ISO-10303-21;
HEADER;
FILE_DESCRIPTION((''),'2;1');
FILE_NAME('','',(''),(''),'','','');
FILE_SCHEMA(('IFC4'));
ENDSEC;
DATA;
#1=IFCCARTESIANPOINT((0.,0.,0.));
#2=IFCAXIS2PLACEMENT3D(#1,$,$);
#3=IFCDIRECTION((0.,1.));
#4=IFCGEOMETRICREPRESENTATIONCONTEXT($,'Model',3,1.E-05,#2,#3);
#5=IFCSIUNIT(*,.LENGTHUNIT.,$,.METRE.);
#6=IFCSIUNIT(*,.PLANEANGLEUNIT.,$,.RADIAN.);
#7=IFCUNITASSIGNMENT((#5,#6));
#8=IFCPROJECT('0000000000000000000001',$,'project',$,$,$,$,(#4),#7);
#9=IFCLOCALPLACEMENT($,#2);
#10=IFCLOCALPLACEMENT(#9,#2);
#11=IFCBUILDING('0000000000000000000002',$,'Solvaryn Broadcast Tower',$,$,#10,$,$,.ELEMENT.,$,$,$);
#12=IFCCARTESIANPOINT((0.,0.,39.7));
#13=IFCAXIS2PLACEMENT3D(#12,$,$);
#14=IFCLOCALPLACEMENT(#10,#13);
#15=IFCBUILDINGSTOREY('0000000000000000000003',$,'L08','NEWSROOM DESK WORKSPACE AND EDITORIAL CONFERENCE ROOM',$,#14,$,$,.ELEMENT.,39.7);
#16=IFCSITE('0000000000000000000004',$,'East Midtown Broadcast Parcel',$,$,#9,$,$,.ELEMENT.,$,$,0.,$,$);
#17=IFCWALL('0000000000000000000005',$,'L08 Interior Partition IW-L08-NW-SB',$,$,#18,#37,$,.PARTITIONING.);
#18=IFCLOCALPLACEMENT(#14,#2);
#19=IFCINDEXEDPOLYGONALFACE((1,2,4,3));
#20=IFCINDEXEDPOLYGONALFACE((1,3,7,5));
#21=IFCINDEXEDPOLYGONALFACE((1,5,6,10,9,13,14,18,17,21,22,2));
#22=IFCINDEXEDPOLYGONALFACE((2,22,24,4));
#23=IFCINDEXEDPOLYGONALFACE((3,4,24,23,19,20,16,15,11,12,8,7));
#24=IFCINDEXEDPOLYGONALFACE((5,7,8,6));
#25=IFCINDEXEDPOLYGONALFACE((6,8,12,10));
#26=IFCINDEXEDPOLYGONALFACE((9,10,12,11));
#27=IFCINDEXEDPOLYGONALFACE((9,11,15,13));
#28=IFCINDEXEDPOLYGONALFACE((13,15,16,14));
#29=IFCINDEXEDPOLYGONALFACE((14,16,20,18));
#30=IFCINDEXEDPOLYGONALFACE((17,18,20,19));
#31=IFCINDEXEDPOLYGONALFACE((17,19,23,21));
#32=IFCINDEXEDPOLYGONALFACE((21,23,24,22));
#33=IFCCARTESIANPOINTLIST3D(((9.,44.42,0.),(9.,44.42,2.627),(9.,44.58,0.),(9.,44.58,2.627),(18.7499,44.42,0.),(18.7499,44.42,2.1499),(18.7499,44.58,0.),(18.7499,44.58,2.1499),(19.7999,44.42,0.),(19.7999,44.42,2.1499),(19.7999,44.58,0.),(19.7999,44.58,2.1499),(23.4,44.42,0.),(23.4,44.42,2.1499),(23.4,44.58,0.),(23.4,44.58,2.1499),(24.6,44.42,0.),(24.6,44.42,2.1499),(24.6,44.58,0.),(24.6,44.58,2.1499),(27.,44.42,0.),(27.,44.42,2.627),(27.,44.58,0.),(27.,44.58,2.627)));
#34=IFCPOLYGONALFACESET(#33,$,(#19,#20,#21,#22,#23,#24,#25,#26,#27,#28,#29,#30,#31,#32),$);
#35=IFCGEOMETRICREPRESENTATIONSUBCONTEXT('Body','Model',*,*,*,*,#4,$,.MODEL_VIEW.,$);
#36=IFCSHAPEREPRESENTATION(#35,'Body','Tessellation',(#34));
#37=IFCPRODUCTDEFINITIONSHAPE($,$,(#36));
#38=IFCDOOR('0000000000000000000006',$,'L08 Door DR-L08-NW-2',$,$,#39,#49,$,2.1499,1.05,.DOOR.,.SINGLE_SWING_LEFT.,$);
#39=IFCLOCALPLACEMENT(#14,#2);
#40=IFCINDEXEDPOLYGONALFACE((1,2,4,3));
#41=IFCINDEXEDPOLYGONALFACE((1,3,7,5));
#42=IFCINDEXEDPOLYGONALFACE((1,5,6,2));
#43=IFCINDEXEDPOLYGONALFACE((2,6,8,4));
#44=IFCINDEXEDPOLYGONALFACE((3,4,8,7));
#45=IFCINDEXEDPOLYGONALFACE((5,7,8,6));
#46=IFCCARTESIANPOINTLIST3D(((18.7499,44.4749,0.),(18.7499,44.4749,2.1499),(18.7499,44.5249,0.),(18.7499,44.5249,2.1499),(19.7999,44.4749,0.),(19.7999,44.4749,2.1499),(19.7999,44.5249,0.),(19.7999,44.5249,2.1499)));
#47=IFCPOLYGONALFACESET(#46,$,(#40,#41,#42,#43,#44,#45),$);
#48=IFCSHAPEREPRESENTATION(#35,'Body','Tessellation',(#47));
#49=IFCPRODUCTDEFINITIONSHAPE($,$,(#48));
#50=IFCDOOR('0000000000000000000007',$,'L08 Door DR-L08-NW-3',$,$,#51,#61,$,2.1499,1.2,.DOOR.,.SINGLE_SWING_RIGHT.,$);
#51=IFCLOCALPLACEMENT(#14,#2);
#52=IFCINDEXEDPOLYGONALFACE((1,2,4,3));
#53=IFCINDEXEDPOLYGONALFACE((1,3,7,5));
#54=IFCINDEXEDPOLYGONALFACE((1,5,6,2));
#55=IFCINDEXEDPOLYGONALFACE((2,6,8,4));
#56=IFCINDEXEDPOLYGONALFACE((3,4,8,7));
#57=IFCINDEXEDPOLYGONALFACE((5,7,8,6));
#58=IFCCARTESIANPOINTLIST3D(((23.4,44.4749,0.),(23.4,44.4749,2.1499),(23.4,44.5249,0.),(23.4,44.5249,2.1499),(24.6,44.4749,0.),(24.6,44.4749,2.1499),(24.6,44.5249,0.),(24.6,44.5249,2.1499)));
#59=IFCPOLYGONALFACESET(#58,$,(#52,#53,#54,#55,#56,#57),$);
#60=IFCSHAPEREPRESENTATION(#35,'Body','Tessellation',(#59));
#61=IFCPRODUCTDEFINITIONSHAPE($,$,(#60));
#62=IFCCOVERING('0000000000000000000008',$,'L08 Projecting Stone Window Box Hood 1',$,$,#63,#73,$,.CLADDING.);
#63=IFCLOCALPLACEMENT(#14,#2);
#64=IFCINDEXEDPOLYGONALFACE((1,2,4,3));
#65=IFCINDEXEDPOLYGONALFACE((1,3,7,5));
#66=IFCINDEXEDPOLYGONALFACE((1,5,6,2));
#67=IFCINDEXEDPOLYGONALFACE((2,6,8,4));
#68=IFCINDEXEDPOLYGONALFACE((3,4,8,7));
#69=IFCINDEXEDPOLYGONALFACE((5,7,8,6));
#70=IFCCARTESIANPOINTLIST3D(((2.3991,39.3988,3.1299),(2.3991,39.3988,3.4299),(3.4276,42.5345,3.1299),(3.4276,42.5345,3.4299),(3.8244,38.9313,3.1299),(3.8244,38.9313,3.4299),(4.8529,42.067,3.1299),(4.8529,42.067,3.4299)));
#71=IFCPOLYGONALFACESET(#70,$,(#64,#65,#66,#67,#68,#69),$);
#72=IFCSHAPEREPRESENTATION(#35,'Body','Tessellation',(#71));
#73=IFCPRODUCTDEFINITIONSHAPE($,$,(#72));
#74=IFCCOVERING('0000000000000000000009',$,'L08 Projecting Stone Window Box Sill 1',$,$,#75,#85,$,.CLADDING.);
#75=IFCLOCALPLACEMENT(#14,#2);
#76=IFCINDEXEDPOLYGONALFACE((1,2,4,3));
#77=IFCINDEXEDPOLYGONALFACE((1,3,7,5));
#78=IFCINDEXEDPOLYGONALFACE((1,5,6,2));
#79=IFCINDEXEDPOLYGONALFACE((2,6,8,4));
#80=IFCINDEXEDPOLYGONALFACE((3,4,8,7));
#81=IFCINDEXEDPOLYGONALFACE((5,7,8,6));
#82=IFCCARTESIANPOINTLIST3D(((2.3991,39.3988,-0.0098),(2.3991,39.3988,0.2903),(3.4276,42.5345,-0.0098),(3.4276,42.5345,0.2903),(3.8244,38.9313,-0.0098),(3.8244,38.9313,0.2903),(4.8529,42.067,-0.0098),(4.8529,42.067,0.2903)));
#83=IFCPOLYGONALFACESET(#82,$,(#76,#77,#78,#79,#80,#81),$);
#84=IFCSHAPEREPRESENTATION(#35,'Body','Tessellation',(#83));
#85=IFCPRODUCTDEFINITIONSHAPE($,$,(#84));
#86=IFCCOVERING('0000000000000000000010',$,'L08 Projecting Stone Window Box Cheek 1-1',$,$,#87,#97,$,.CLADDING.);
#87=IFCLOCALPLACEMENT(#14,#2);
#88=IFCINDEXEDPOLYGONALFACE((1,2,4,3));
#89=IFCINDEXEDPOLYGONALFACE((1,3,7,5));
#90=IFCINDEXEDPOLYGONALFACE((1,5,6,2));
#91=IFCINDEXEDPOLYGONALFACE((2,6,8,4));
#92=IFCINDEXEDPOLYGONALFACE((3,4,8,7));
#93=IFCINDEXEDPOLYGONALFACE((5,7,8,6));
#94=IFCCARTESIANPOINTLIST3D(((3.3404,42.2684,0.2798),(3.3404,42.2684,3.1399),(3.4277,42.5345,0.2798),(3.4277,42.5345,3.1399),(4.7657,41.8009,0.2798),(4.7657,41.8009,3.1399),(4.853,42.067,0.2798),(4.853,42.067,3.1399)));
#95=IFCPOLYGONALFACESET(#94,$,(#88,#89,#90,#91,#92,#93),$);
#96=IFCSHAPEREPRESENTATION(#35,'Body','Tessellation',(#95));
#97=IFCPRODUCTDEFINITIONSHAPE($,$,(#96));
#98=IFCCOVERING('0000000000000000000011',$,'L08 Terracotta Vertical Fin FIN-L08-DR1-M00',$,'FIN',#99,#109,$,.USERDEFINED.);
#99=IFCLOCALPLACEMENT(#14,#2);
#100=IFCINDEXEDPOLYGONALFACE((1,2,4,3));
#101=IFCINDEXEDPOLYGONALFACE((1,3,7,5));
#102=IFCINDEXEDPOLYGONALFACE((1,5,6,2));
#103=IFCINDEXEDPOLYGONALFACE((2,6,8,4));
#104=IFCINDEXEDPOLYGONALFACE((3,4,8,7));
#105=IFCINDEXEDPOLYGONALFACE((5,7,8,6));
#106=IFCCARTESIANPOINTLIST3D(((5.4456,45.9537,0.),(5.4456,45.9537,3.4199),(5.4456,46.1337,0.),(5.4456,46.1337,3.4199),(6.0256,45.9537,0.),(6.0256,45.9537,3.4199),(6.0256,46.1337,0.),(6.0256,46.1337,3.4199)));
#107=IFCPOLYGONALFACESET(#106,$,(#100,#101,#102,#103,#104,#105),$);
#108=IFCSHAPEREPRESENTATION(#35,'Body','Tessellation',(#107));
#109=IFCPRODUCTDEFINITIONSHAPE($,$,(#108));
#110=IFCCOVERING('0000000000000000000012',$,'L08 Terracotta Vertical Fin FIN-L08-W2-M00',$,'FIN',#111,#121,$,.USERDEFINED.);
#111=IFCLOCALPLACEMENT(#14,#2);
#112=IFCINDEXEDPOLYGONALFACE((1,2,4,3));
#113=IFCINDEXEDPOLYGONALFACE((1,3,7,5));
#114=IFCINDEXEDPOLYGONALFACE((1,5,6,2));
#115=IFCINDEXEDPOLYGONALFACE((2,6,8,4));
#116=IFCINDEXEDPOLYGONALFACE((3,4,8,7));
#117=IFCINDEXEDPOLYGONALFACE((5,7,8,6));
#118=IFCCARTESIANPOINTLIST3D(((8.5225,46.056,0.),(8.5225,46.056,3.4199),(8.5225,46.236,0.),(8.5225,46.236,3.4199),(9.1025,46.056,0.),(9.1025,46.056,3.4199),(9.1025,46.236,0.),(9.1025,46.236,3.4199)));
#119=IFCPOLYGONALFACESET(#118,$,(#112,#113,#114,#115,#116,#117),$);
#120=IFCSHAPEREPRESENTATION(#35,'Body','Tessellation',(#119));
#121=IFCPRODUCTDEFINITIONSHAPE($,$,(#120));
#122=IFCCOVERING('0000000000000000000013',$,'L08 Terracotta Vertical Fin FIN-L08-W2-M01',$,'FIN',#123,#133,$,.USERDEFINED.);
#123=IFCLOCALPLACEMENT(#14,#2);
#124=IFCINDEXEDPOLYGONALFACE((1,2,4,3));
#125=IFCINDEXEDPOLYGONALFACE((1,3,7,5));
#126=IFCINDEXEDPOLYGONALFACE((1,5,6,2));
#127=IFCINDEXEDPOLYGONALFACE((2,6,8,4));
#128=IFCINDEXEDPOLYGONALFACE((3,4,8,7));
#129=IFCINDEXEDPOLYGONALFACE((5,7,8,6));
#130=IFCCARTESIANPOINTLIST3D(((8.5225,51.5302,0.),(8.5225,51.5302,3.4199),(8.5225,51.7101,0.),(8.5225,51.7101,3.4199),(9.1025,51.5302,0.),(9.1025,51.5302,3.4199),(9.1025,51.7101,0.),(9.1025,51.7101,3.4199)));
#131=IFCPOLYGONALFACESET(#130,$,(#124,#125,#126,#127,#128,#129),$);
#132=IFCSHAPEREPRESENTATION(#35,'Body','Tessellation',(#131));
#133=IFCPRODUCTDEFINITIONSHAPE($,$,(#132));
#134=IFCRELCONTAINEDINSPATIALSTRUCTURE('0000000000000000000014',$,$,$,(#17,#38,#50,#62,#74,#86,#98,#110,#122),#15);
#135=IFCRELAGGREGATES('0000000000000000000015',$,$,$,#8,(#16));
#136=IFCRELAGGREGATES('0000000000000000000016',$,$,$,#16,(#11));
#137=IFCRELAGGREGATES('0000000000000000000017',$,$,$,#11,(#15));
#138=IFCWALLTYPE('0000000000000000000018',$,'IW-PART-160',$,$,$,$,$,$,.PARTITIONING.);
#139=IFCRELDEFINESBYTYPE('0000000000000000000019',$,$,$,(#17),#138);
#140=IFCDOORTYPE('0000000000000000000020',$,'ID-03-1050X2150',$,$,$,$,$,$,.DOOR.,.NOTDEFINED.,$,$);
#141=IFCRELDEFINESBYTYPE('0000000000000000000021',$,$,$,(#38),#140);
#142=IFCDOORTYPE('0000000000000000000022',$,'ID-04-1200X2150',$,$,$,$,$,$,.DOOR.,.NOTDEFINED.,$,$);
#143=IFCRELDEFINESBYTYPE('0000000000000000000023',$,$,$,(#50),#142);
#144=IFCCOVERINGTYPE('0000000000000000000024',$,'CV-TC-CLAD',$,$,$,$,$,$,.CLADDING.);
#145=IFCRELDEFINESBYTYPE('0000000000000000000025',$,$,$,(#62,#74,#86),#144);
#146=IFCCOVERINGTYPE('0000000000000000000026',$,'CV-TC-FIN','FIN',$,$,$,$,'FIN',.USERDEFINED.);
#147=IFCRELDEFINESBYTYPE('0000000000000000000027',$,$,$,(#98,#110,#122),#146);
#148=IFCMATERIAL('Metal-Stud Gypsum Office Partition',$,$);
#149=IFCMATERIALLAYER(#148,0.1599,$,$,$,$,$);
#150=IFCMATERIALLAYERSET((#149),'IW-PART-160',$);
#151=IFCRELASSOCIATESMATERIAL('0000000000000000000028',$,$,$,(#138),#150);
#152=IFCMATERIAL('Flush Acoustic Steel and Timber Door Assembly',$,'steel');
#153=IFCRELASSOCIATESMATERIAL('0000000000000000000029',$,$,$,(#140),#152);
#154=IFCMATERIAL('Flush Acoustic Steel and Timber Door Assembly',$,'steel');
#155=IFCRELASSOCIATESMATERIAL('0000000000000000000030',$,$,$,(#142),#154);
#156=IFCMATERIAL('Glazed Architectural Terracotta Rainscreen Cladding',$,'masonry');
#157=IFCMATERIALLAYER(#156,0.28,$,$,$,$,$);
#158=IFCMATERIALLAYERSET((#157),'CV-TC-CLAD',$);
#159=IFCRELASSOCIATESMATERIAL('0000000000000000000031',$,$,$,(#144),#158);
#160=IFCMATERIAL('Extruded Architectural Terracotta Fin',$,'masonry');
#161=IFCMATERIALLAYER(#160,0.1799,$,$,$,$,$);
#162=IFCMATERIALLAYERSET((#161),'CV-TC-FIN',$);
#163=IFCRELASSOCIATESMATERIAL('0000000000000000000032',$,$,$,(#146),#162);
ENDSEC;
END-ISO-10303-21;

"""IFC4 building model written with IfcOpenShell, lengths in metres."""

from ifc_helpers import new_model, si_unit, direction, frame, frame_2d, origin, origin_2d, place, context, subcontext, project, spatial, rectangle, extrude, material, layer, layer_set, type_object, element, fill, save


model = new_model("IFC4")

# Units and contexts
model_context = context("Model", 3, precision=1e-05, world=origin(), true_north=direction((0.0, 1.0)))
body_context = subcontext(model_context, "Body", "Model", "MODEL_VIEW")
ifc_project = project(units=[si_unit("LENGTHUNIT", "METRE"), si_unit("PLANEANGLEUNIT", "RADIAN")], contexts=[model_context])

# Site, building, storey
site_placement = place(None, origin())
site = spatial("IfcSite", under=ifc_project, at=site_placement, Name="East Midtown Broadcast Parcel", CompositionType="ELEMENT", RefElevation=0.0)
building_placement = place(site_placement, origin())
building = spatial("IfcBuilding", under=site, at=building_placement, Name="Solvaryn Broadcast Tower", CompositionType="ELEMENT")
storey_placement = place(building_placement, frame((0.0, 0.0, 39.7)))
storey = spatial("IfcBuildingStorey", under=building, at=storey_placement, Name="L08", Description="NEWSROOM DESK WORKSPACE AND EDITORIAL CONFERENCE ROOM", CompositionType="ELEMENT", Elevation=39.7)

# Shared definitions
ifc_material_1 = material(Name="Metal-Stud Gypsum Office Partition")
ifc_layer_1 = layer(ifc_material_1, 0.1599)
ifc_layer_set_1 = layer_set([ifc_layer_1], Name="IW-PART-160")
wall_type_1 = type_object("IfcWallType", Name="IW-PART-160", PredefinedType="PARTITIONING", material=ifc_layer_set_1)

# Wall, openings, doors
wall_1_placement = place(storey_placement, frame((9.0, 44.5, 0.0), z_axis=(0.0, 0.0, 1.0), x_axis=(1.0, 0.0, 0.0)))
wall_1 = element("IfcWall", 1, at=wall_1_placement, inside=storey, type_object=wall_type_1, Name="L08 Interior Partition IW-L08-NW-SB", PredefinedType="PARTITIONING", context=body_context, shape_type="SweptSolid", body=[
    extrude(rectangle(XDim=18.0, YDim=0.1599, at=frame_2d((9.0, 0.0))), origin(), (0.0, 0.0, 1.0), 2.627),
])
opening_1_placement = place(wall_1_placement, frame((9.75, 0.0, 0.0)))
opening_1 = element("IfcOpeningElement", 2, at=opening_1_placement, cuts=wall_1, PredefinedType="OPENING", context=body_context, shape_type="SweptSolid", body=[
    extrude(rectangle(XDim=1.05, YDim=2.1499, at=frame_2d((0.5249, 1.075))), frame((0.0, 0.0901, 0.0), z_axis=(0.0, -1.0, 0.0), x_axis=(1.0, 0.0, 0.0)), (0.0, 0.0, 1.0), 0.1799),
])
opening_2_placement = place(wall_1_placement, frame((14.3999, 0.0, 0.0)))
opening_2 = element("IfcOpeningElement", 3, at=opening_2_placement, cuts=wall_1, PredefinedType="OPENING", context=body_context, shape_type="SweptSolid", body=[
    extrude(rectangle(XDim=1.2, YDim=2.1499, at=frame_2d((0.6001, 1.075))), frame((0.0, 0.0901, 0.0), z_axis=(0.0, -1.0, 0.0), x_axis=(1.0, 0.0, 0.0)), (0.0, 0.0, 1.0), 0.1799),
])
ifc_material_2 = material(Name="Flush Acoustic Steel and Timber Door Assembly", Category="steel")
door_type_1 = type_object("IfcDoorType", Name="ID-03-1050X2150", OperationType="NOTDEFINED", PredefinedType="DOOR", material=ifc_material_2)
door_1_placement = place(opening_1_placement, origin())
door_1 = element("IfcDoor", 4, at=door_1_placement, inside=storey, type_object=door_type_1, Name="L08 Door DR-L08-NW-2", OperationType="SINGLE_SWING_LEFT", OverallHeight=2.1499, OverallWidth=1.05, PredefinedType="DOOR", context=body_context, shape_type="SweptSolid", body=[
    extrude(rectangle(XDim=1.05, YDim=2.1499, at=frame_2d((0.5249, 1.075))), frame((0.0, 0.0249, 0.0), z_axis=(0.0, -1.0, 0.0), x_axis=(1.0, 0.0, 0.0)), (0.0, 0.0, 1.0), 0.05),
])
fill(opening_1, door_1)
ifc_material_3 = material(Name="Flush Acoustic Steel and Timber Door Assembly", Category="steel")
door_type_2 = type_object("IfcDoorType", Name="ID-04-1200X2150", OperationType="NOTDEFINED", PredefinedType="DOOR", material=ifc_material_3)
door_2_placement = place(opening_2_placement, origin())
door_2 = element("IfcDoor", 5, at=door_2_placement, inside=storey, type_object=door_type_2, Name="L08 Door DR-L08-NW-3", OperationType="SINGLE_SWING_RIGHT", OverallHeight=2.1499, OverallWidth=1.2, PredefinedType="DOOR", context=body_context, shape_type="SweptSolid", body=[
    extrude(rectangle(XDim=1.2, YDim=2.1499, at=frame_2d((0.6001, 1.075))), frame((0.0, 0.0249, 0.0), z_axis=(0.0, -1.0, 0.0), x_axis=(1.0, 0.0, 0.0)), (0.0, 0.0, 1.0), 0.05),
])
fill(opening_2, door_2)

# Coverings
ifc_material_4 = material(Name="Glazed Architectural Terracotta Rainscreen Cladding", Category="masonry")
ifc_layer_2 = layer(ifc_material_4, 0.28)
ifc_layer_set_2 = layer_set([ifc_layer_2], Name="CV-TC-CLAD")
covering_type_1 = type_object("IfcCoveringType", Name="CV-TC-CLAD", PredefinedType="CLADDING", material=ifc_layer_set_2)
for number, where, z_axis, x_axis, name in (
    (6, (3.626, 40.7329, 3.1299), (0.0, 0.0, 1.0), (-0.311672, -0.95019, 0.0), "L08 Projecting Stone Window Box Hood 1"),
    (7, (3.626, 40.7329, -0.0098), (0.0, 0.0, 1.0), (-0.311672, -0.95019, 0.0), "L08 Projecting Stone Window Box Sill 1"),
):
    element("IfcCovering", number, at=place(storey_placement, frame(where, z_axis=z_axis, x_axis=x_axis)), inside=storey, type_object=covering_type_1, Name=name, PredefinedType="CLADDING", context=body_context, shape_type="SweptSolid", body=[
        extrude(rectangle(XDim=3.3, YDim=1.5, at=origin_2d()), origin(), (0.0, 0.0, 1.0), 0.3),
    ])
covering_placement = place(storey_placement, frame((4.0967, 42.1677, 0.2798), z_axis=(0.0, 0.0, 1.0), x_axis=(-0.311672, -0.95019, 0.0)))
element("IfcCovering", 8, at=covering_placement, inside=storey, type_object=covering_type_1, Name="L08 Projecting Stone Window Box Cheek 1-1", PredefinedType="CLADDING", context=body_context, shape_type="SweptSolid", body=[
    extrude(rectangle(XDim=0.28, YDim=1.5, at=origin_2d()), origin(), (0.0, 0.0, 1.0), 2.8601),
])
ifc_material_5 = material(Name="Extruded Architectural Terracotta Fin", Category="masonry")
ifc_layer_3 = layer(ifc_material_5, 0.1799)
ifc_layer_set_3 = layer_set([ifc_layer_3], Name="CV-TC-FIN")
covering_type_2 = type_object("IfcCoveringType", Name="CV-TC-FIN", Description="FIN", ElementType="FIN", PredefinedType="USERDEFINED", material=ifc_layer_set_3)
for number, where, z_axis, x_axis, name in (
    (9, (5.7356, 46.0437, 0.0), (0.0, 0.0, 1.0), (1.0, 0.0, 0.0), "L08 Terracotta Vertical Fin FIN-L08-DR1-M00"),
    (10, (8.8125, 46.146, 0.0), (0.0, 0.0, 1.0), (1.0, 0.0, 0.0), "L08 Terracotta Vertical Fin FIN-L08-W2-M00"),
    (11, (8.8125, 51.6201, 0.0), (0.0, 0.0, 1.0), (1.0, 0.0, 0.0), "L08 Terracotta Vertical Fin FIN-L08-W2-M01"),
):
    element("IfcCovering", number, at=place(storey_placement, frame(where, z_axis=z_axis, x_axis=x_axis)), inside=storey, type_object=covering_type_2, Name=name, ObjectType="FIN", PredefinedType="USERDEFINED", context=body_context, shape_type="SweptSolid", body=[
        extrude(rectangle(XDim=0.5801, YDim=0.1799, at=origin_2d()), origin(), (0.0, 0.0, 1.0), 3.4199),
    ])

save(model, "model.ifc")
